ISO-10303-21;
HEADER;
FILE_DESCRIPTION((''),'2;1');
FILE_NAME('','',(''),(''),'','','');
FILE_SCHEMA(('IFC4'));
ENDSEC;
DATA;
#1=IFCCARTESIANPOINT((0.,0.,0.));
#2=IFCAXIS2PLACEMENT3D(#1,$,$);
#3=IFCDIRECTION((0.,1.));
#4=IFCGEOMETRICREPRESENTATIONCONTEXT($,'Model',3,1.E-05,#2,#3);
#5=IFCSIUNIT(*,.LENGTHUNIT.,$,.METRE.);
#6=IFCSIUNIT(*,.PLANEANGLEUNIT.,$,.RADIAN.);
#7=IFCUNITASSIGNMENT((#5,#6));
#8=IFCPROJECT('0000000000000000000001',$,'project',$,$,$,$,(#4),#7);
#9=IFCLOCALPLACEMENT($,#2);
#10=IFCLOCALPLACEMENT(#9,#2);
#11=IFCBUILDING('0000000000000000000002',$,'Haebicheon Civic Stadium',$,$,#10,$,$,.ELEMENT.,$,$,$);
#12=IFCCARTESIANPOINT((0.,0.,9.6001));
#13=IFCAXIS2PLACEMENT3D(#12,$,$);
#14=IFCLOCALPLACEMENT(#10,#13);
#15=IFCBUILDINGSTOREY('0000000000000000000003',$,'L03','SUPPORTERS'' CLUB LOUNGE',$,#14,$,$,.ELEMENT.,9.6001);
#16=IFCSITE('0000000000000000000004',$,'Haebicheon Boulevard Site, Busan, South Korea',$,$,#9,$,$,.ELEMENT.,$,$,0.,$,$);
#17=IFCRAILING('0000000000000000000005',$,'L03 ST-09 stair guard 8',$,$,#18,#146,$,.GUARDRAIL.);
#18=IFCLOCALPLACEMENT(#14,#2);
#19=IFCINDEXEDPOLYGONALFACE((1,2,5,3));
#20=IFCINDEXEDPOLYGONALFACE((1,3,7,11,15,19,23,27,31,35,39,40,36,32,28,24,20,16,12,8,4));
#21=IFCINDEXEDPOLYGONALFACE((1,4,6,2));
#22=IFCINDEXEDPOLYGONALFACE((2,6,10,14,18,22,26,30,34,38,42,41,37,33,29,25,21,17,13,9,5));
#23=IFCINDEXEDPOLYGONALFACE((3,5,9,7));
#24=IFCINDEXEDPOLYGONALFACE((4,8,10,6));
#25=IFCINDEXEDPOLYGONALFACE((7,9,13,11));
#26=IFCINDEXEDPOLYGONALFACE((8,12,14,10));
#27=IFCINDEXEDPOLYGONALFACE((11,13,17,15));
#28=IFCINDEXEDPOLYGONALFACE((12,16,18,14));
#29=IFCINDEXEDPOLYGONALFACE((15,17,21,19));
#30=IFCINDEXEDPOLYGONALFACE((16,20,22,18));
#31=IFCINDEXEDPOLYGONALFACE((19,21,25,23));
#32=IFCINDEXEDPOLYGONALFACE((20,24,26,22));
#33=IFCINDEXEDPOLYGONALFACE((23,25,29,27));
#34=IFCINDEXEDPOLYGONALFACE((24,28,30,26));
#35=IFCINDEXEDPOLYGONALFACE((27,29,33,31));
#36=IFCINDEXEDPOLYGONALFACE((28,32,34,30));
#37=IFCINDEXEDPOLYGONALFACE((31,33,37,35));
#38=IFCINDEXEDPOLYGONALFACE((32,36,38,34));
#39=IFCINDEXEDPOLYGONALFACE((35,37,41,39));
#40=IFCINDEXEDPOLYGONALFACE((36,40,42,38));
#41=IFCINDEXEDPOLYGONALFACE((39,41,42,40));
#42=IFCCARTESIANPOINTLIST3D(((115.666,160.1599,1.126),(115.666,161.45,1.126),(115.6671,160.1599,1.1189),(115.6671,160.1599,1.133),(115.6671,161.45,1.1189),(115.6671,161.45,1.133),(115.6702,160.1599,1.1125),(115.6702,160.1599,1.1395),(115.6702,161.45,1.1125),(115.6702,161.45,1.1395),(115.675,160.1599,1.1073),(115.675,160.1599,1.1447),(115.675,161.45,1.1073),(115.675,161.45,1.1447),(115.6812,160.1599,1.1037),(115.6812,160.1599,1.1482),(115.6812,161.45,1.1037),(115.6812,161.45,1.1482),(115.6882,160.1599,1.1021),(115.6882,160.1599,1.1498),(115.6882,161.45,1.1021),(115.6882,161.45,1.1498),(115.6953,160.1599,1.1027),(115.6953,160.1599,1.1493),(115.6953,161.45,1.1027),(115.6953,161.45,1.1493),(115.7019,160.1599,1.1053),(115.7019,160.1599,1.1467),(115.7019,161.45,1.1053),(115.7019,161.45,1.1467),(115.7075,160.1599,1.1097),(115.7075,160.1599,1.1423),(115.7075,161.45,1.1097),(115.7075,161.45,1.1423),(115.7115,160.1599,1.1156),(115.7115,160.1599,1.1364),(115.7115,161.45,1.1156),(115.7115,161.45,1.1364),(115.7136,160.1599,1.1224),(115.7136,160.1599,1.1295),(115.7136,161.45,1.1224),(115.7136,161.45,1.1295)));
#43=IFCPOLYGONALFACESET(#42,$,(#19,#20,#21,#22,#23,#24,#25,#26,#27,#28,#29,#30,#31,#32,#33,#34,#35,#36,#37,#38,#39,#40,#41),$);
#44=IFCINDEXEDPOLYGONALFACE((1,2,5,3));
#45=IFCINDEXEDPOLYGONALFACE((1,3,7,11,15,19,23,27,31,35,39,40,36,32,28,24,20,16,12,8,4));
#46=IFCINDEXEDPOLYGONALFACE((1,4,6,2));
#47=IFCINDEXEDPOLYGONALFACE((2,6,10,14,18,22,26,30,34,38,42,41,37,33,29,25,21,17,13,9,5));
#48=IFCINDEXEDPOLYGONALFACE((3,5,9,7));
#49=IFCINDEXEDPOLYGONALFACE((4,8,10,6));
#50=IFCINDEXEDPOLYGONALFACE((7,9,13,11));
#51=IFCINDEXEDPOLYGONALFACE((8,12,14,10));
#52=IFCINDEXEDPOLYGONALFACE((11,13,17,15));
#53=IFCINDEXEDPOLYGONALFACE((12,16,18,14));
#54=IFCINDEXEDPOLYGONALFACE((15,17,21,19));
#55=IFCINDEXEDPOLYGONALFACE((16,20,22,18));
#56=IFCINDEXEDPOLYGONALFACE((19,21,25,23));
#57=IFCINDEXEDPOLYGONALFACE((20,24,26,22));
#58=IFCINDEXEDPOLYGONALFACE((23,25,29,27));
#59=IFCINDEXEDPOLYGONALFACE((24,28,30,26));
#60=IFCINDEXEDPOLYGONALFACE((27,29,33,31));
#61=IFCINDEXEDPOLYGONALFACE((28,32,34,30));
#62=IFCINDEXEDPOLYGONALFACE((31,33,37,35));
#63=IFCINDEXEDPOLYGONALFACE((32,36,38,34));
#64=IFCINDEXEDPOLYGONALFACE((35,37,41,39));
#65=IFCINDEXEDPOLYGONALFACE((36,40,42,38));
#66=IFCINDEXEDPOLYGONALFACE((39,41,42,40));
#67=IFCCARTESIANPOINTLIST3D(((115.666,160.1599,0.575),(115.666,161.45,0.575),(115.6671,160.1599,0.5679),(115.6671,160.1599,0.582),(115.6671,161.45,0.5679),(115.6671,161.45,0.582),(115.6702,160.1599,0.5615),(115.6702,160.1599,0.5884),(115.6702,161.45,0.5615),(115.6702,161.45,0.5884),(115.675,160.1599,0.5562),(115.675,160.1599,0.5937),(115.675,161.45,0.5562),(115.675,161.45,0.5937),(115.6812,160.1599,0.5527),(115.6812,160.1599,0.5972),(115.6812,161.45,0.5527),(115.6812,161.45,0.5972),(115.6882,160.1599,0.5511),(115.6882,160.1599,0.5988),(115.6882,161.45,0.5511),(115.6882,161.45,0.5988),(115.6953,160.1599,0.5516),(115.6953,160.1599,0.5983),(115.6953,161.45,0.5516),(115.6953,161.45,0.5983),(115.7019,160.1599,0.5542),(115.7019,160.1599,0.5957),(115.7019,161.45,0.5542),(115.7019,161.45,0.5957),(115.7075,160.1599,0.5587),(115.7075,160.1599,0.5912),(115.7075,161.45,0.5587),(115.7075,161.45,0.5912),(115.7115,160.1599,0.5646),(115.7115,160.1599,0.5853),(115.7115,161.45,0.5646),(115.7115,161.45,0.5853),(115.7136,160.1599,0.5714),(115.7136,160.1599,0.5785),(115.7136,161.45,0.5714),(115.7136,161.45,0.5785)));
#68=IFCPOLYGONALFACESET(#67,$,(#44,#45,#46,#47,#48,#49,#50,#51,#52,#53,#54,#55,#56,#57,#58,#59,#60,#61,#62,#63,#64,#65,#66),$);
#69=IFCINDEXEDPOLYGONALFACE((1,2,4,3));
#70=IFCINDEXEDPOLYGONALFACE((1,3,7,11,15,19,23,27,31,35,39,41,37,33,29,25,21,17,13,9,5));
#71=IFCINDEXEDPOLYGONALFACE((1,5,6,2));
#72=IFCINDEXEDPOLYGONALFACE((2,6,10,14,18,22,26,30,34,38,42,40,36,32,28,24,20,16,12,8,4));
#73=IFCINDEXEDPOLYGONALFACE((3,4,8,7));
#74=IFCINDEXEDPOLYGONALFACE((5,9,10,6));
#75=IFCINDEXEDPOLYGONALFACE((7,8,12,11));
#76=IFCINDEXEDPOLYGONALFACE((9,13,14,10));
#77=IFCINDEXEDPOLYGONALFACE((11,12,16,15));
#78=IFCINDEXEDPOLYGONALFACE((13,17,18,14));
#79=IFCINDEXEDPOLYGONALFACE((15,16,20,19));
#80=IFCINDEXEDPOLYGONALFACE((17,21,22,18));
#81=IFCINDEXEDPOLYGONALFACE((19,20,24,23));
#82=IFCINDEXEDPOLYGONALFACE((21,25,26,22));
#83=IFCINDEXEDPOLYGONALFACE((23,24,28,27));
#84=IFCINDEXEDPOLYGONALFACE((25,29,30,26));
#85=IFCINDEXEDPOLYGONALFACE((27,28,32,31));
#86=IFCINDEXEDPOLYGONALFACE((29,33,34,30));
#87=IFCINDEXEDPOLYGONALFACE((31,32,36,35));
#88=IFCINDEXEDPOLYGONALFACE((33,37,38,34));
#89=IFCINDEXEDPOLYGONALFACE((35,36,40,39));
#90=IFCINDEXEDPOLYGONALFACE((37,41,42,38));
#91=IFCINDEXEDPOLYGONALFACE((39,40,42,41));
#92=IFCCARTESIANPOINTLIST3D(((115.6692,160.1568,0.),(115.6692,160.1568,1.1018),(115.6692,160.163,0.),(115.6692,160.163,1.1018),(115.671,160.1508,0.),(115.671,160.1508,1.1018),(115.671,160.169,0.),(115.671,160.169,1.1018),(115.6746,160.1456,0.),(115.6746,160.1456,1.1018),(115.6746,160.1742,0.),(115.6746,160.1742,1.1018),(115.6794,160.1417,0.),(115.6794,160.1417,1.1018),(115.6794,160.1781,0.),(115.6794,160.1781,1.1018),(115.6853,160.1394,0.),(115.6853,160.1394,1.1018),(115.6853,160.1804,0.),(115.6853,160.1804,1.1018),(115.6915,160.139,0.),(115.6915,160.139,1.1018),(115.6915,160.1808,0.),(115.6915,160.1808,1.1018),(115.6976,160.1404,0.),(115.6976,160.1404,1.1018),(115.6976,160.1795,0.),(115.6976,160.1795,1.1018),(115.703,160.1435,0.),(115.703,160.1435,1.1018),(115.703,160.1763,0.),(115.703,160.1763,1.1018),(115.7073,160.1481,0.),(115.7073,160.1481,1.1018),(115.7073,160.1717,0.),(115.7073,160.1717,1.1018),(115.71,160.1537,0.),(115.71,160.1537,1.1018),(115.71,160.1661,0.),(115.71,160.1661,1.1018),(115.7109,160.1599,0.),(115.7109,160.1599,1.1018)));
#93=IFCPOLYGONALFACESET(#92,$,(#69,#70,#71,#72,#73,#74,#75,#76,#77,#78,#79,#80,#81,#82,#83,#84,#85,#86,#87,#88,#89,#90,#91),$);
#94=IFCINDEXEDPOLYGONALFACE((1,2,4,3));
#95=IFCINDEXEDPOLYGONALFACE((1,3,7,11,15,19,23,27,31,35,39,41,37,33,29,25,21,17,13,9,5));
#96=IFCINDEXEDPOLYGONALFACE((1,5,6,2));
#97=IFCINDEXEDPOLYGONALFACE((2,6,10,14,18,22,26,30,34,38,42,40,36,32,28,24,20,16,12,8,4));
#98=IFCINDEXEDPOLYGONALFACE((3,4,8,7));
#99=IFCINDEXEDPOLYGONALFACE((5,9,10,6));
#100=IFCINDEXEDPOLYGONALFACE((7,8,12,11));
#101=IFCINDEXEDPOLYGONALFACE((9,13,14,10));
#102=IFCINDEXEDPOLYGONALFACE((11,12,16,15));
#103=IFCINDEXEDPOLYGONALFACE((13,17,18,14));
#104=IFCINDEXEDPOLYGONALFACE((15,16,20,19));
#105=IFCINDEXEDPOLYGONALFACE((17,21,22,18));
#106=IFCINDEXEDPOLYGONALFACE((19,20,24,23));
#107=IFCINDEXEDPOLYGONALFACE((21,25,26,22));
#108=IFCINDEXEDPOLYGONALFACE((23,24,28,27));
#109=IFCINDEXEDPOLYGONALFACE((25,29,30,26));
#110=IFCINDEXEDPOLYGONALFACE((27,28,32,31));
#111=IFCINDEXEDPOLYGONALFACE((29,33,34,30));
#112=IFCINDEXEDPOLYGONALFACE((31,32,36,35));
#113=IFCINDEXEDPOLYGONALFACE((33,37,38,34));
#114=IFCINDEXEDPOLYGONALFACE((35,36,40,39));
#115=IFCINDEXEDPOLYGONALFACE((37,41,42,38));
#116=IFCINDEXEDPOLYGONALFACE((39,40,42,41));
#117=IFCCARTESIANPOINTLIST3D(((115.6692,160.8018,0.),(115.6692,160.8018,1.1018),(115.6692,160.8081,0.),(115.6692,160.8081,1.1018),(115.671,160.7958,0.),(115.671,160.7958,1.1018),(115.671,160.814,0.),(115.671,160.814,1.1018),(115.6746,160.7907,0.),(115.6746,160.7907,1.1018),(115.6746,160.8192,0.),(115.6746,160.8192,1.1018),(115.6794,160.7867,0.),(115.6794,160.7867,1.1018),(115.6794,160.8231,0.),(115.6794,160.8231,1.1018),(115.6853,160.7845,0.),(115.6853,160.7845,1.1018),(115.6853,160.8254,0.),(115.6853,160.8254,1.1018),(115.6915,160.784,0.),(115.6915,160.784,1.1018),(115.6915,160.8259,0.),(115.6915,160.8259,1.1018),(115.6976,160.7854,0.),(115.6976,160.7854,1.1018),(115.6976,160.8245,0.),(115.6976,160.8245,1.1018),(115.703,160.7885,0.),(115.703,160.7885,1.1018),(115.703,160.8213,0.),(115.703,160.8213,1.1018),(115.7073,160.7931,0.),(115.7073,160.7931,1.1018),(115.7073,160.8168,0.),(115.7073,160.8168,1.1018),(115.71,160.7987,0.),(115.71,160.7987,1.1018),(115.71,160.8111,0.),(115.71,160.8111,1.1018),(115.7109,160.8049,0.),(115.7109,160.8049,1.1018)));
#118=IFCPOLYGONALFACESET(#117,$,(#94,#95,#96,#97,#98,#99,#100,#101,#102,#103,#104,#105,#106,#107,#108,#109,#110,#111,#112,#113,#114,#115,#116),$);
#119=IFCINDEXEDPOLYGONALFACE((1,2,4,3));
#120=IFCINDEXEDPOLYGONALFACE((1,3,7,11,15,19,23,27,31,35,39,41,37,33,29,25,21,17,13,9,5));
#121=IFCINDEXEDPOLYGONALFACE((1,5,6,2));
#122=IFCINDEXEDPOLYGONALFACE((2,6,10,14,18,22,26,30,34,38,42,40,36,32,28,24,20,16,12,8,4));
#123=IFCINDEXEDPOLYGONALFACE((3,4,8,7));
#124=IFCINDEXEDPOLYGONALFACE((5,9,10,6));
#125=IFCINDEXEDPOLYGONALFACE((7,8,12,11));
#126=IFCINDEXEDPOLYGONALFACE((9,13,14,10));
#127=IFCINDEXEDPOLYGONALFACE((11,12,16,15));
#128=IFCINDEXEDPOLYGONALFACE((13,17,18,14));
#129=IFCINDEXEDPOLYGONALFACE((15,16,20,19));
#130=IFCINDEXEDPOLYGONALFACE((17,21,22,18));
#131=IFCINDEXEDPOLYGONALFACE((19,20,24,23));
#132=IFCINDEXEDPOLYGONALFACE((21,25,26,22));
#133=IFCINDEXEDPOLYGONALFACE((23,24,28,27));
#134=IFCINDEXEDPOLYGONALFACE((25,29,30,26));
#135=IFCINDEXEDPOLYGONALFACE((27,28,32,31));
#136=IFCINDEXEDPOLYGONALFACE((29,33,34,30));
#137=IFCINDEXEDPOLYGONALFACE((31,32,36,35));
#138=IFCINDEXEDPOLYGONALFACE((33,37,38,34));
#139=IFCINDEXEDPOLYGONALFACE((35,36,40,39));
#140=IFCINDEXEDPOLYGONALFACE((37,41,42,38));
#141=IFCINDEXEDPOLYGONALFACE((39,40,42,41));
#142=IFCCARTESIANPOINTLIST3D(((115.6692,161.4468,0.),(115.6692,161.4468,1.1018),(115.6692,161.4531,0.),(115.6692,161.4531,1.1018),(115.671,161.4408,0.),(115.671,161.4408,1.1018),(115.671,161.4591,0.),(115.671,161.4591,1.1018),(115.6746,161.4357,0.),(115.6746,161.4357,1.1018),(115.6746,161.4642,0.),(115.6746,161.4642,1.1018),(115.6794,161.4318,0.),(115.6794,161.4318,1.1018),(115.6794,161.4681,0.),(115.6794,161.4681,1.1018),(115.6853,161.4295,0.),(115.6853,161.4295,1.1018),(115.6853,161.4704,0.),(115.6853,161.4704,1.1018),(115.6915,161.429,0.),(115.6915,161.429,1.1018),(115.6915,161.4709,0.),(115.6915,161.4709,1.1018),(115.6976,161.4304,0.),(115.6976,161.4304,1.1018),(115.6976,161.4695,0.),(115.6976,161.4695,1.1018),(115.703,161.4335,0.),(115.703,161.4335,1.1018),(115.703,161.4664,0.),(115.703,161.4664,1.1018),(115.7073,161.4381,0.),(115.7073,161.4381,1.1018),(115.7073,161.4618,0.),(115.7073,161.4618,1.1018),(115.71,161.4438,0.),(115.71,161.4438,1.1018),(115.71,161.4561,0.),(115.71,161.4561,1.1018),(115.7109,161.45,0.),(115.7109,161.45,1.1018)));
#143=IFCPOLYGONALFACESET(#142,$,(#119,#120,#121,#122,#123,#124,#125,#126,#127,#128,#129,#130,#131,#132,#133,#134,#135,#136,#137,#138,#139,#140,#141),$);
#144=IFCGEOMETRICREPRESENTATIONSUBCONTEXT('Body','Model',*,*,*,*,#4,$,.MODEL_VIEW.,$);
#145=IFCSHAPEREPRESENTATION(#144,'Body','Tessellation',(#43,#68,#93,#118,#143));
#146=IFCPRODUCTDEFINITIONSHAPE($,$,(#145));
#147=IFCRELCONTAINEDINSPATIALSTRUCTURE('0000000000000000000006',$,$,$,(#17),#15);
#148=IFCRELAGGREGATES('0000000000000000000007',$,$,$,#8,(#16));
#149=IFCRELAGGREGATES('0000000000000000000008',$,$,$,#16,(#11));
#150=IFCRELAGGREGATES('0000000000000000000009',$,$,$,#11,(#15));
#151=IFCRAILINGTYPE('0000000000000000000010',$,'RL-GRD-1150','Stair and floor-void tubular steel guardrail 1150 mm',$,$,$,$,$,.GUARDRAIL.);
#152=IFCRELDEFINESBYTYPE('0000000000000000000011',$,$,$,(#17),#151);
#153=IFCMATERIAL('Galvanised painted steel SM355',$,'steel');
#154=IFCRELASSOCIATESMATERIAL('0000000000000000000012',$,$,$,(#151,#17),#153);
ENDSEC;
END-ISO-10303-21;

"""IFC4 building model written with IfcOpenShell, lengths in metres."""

from ifc_helpers import new_model, si_unit, direction, frame, origin, origin_2d, place, context, subcontext, project, spatial, circle, extrude, material, type_object, element, save


model = new_model("IFC4")

# Units and contexts
model_context = context("Model", 3, precision=1e-05, world=origin(), true_north=direction((0.0, 1.0)))
body_context = subcontext(model_context, "Body", "Model", "MODEL_VIEW")
ifc_project = project(units=[si_unit("LENGTHUNIT", "METRE"), si_unit("PLANEANGLEUNIT", "RADIAN")], contexts=[model_context])

# Site, building, storey
site_placement = place(None, origin())
site = spatial("IfcSite", under=ifc_project, at=site_placement, Name="Haebicheon Boulevard Site, Busan, South Korea", CompositionType="ELEMENT", RefElevation=0.0)
building_placement = place(site_placement, origin())
building = spatial("IfcBuilding", under=site, at=building_placement, Name="Haebicheon Civic Stadium", CompositionType="ELEMENT")
storey_placement = place(building_placement, frame((0.0, 0.0, 9.6001)))
storey = spatial("IfcBuildingStorey", under=building, at=storey_placement, Name="L03", Description="SUPPORTERS' CLUB LOUNGE", CompositionType="ELEMENT", Elevation=9.6001)

# Railing
ifc_material_1 = material(Name="Galvanised painted steel SM355", Category="steel")
railing_type_1 = type_object("IfcRailingType", Name="RL-GRD-1150", Description="Stair and floor-void tubular steel guardrail 1150 mm", PredefinedType="GUARDRAIL", material=ifc_material_1)
for number, where, name in (
    (1, (115.6899, 160.1599, 0.0), "L03 ST-09 stair guard 8"),
):
    element("IfcRailing", number, at=place(storey_placement, frame(where)), inside=storey, type_object=railing_type_1, material=ifc_material_1, Name=name, PredefinedType="GUARDRAIL", context=body_context, shape_type="SweptSolid", body=[
        extrude(circle(Radius=0.0239, at=origin_2d()), frame((0.0, 0.0, 1.126), z_axis=(0.0, 1.0, 0.0), x_axis=(-1.0, 0.0, 0.0)), (0.0, 0.0, 1.0), 1.29),
        extrude(circle(Radius=0.0239, at=origin_2d()), frame((0.0, 0.0, 0.575), z_axis=(0.0, 1.0, 0.0), x_axis=(-1.0, 0.0, 0.0)), (0.0, 0.0, 1.0), 1.29),
        extrude(circle(Radius=0.021, at=origin_2d()), origin(), (0.0, 0.0, 1.0), 1.1018),
        extrude(circle(Radius=0.021, at=origin_2d()), frame((0.0, 0.645, 0.0)), (0.0, 0.0, 1.0), 1.1018),
        extrude(circle(Radius=0.021, at=origin_2d()), frame((0.0, 1.29, 0.0)), (0.0, 0.0, 1.0), 1.1018),
    ])

save(model, "model.ifc")
